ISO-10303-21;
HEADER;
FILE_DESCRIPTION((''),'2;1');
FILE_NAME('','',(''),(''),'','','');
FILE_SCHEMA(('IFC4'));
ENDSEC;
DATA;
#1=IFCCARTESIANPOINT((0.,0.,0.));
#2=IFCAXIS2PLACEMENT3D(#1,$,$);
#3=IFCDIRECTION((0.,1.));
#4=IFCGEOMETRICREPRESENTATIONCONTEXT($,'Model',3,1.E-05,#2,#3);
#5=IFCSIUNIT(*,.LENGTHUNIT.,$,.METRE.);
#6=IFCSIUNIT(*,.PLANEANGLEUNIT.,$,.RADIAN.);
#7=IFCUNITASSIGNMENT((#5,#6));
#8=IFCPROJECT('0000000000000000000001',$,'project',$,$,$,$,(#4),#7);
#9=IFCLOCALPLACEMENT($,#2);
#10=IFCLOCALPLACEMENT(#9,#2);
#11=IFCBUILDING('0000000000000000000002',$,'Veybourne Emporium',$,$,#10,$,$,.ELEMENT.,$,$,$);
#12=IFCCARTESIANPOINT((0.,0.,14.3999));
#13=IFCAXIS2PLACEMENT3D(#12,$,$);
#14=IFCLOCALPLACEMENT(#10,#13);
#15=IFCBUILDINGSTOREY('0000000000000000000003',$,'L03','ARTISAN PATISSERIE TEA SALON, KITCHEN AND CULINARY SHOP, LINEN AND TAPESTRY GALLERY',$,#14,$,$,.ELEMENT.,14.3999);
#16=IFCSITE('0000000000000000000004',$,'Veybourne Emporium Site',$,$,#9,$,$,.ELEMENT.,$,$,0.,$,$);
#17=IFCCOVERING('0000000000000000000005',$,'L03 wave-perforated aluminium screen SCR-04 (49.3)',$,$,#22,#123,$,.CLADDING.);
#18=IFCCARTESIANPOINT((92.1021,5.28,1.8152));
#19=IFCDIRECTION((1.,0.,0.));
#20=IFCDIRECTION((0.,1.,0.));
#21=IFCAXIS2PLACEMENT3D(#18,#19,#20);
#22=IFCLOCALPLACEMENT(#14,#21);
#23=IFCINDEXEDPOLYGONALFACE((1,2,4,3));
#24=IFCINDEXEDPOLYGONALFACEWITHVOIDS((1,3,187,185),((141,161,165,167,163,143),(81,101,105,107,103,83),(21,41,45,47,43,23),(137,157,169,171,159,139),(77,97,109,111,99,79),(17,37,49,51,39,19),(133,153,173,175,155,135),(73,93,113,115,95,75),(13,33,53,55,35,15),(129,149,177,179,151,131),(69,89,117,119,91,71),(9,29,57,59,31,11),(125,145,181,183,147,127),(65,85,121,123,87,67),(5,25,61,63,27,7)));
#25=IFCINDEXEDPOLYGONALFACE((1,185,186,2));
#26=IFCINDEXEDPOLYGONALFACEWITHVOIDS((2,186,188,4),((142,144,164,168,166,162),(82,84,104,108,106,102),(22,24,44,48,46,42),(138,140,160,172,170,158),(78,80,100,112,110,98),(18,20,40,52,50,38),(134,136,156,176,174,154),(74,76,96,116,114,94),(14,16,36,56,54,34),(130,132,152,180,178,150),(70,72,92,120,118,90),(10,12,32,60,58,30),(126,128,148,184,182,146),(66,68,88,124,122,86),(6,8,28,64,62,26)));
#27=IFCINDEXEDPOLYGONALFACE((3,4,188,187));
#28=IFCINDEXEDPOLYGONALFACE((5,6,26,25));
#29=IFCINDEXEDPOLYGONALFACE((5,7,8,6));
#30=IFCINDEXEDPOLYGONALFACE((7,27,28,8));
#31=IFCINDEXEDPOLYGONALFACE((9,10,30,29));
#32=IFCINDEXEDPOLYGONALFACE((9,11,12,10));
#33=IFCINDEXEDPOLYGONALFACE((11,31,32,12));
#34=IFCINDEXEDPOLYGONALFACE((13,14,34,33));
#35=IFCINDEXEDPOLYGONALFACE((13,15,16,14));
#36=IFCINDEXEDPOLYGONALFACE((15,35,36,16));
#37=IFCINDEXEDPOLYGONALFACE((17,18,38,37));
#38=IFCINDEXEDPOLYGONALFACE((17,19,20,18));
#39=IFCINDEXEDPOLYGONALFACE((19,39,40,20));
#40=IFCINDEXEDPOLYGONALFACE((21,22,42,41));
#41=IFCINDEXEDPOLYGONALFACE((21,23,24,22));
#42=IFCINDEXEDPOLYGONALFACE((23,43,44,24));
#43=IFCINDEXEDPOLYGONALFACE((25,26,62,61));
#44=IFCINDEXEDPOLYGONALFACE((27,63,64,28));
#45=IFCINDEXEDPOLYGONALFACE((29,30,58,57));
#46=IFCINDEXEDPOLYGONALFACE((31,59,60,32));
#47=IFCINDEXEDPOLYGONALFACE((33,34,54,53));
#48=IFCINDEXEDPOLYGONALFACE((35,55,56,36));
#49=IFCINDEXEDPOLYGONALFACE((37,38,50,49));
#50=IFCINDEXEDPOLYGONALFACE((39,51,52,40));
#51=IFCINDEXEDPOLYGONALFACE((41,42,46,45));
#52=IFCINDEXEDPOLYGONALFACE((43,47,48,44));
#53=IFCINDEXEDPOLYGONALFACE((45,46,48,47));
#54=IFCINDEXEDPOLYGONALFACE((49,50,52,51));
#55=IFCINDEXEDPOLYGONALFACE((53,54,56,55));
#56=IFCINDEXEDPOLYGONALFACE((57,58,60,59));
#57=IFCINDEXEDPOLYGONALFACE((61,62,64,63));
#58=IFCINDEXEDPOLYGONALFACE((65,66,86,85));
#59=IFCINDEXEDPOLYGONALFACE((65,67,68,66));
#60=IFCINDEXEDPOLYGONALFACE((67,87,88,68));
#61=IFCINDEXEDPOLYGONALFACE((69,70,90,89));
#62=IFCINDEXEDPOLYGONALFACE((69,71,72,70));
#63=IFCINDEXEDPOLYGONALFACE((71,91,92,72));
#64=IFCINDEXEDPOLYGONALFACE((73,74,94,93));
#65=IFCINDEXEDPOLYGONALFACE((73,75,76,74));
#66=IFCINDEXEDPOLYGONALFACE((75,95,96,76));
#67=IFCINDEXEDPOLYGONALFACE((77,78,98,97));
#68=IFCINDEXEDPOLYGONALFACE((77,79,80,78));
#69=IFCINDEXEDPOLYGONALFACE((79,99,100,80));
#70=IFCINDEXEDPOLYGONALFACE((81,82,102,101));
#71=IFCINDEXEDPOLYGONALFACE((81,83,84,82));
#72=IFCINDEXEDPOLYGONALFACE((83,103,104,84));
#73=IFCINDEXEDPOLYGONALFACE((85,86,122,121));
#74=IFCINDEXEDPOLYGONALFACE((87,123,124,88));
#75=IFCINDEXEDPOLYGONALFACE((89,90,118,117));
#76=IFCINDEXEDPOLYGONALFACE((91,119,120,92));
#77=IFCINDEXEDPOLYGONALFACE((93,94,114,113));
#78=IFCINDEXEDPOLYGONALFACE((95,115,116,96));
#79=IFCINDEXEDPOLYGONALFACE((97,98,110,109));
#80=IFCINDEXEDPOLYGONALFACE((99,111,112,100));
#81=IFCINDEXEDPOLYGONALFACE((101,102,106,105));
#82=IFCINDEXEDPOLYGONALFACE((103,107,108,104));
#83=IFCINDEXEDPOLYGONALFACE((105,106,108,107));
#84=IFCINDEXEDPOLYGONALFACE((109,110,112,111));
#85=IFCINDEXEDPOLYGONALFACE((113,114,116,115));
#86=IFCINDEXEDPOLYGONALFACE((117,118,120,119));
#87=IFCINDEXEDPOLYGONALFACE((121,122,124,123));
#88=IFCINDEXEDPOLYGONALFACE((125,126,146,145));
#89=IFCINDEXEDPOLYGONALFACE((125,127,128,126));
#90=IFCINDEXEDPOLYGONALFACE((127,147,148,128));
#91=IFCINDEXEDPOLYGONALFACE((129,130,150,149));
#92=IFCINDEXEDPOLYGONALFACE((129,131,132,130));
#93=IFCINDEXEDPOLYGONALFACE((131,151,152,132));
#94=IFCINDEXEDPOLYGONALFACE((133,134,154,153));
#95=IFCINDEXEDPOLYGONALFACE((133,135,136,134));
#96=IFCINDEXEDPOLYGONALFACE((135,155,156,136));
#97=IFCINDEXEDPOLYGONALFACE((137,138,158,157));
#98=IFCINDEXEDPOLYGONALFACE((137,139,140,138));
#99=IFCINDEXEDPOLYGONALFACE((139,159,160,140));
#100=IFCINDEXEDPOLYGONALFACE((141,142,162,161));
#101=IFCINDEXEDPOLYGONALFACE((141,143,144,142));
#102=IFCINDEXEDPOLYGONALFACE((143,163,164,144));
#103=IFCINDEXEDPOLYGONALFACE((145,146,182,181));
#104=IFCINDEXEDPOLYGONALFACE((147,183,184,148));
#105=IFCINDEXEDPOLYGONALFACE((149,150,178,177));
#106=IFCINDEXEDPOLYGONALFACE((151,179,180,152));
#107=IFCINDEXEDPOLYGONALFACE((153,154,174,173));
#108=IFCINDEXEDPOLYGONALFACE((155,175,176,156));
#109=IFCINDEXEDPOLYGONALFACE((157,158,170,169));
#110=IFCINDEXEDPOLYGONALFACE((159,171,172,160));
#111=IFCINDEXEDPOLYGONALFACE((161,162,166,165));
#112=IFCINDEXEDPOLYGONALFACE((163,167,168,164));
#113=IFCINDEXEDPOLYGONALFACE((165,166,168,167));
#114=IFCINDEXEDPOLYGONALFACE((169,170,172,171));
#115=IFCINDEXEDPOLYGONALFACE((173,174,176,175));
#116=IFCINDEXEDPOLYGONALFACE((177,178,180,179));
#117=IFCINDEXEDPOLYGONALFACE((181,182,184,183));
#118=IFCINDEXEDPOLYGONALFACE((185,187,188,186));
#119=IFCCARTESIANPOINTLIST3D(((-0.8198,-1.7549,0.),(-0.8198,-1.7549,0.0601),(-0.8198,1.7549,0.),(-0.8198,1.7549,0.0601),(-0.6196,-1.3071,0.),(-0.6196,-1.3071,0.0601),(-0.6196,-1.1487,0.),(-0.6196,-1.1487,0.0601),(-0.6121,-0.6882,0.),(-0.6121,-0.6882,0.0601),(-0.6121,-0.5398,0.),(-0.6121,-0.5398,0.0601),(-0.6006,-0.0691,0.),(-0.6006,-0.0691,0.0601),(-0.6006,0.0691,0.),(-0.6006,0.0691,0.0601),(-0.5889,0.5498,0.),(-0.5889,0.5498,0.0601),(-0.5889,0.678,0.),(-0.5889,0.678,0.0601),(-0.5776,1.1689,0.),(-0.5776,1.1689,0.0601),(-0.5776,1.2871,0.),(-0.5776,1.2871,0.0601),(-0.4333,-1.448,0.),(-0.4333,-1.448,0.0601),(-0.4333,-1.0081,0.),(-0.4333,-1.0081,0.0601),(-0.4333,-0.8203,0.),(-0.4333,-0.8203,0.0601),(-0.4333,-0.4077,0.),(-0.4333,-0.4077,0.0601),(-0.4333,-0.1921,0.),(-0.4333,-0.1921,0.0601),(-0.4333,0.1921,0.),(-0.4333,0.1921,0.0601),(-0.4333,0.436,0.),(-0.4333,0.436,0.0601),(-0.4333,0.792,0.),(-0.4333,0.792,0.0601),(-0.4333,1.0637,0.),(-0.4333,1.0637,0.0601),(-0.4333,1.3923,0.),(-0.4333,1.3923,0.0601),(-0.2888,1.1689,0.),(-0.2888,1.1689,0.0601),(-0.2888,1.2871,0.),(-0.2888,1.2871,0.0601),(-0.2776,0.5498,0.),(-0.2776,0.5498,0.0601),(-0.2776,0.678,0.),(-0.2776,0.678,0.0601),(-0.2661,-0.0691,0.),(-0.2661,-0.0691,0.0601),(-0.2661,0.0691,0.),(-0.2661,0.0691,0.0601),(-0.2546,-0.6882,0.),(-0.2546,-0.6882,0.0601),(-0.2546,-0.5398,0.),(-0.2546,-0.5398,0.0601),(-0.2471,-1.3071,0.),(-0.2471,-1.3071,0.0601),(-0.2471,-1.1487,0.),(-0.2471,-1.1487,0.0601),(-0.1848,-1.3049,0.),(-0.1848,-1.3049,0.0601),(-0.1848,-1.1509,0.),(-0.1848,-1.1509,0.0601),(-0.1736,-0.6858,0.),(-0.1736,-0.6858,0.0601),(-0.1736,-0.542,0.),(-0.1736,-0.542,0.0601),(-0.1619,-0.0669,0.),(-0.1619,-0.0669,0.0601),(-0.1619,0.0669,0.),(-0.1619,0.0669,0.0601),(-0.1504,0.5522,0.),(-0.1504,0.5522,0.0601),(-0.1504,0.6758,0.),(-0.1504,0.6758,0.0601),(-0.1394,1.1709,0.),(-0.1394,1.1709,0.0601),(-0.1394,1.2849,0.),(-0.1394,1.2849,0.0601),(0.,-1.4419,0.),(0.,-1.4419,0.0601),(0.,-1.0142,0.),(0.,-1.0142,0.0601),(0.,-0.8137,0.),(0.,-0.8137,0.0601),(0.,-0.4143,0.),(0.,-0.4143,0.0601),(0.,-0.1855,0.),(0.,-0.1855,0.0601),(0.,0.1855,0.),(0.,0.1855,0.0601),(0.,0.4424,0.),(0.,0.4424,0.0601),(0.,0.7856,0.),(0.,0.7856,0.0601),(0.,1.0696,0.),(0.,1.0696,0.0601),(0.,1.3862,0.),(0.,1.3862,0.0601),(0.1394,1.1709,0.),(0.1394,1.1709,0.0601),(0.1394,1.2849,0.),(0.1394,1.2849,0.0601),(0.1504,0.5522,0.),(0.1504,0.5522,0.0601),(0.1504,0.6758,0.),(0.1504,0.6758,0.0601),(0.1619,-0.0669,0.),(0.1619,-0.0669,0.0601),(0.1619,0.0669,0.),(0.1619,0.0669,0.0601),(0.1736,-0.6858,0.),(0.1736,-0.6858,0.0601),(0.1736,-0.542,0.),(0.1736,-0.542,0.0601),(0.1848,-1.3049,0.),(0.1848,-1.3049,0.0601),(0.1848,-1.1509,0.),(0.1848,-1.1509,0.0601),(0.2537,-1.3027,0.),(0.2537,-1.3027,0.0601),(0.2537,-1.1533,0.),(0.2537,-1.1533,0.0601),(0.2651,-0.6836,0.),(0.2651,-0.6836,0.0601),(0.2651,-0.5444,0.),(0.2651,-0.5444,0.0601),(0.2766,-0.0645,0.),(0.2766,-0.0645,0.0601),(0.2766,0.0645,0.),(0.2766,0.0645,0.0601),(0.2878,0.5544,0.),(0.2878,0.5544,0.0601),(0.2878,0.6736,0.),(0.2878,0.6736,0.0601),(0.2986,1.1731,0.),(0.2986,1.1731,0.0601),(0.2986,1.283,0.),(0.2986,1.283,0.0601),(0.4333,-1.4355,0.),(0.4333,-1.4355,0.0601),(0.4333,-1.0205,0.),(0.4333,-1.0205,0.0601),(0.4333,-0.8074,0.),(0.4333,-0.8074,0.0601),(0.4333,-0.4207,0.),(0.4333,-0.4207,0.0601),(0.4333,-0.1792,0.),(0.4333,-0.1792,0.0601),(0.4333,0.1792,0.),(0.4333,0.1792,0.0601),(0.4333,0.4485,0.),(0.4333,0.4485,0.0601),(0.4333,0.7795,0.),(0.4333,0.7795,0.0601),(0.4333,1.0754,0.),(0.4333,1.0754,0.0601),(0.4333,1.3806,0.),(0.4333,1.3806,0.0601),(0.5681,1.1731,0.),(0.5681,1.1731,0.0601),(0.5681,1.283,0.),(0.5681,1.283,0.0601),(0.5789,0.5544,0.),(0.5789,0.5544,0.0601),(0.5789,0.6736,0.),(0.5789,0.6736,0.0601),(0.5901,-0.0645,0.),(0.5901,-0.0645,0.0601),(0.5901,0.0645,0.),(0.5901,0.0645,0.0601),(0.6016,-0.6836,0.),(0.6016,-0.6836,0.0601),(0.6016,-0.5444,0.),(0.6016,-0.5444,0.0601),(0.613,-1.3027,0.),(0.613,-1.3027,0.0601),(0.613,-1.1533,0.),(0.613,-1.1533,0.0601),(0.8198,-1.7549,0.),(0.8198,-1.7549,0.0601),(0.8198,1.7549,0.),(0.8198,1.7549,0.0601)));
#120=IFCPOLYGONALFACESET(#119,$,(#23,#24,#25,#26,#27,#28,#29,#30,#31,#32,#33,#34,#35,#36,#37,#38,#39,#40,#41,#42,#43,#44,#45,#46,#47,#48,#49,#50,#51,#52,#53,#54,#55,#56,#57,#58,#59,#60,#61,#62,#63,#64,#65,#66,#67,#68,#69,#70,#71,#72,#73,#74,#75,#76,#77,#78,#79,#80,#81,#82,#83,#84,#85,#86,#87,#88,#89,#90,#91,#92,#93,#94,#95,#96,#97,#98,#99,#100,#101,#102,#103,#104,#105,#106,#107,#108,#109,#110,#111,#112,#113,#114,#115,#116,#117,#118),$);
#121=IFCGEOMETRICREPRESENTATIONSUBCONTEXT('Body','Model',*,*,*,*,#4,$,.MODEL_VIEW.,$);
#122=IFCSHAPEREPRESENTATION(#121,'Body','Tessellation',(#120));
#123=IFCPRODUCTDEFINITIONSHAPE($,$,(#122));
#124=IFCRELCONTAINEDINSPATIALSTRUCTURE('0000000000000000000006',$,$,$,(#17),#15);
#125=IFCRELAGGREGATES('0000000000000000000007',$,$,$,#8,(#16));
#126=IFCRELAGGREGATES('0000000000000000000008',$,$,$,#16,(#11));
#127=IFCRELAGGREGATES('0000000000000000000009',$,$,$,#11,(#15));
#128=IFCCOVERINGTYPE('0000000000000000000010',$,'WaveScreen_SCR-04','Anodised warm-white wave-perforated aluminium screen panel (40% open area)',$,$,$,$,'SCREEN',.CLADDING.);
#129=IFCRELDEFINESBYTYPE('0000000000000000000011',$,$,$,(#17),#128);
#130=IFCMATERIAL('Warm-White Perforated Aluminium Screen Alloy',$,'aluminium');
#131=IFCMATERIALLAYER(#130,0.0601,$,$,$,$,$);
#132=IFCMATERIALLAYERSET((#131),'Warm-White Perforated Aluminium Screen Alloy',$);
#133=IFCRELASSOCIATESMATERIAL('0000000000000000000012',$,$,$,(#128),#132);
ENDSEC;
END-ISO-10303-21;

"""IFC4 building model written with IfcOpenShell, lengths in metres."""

from ifc_helpers import new_model, si_unit, direction, frame, origin, place, context, subcontext, project, spatial, polyline, outline, extrude, material, layer, layer_set, type_object, element, save


model = new_model("IFC4")

# Units and contexts
model_context = context("Model", 3, precision=1e-05, world=origin(), true_north=direction((0.0, 1.0)))
body_context = subcontext(model_context, "Body", "Model", "MODEL_VIEW")
ifc_project = project(units=[si_unit("LENGTHUNIT", "METRE"), si_unit("PLANEANGLEUNIT", "RADIAN")], contexts=[model_context])

# Site, building, storey
site_placement = place(None, origin())
site = spatial("IfcSite", under=ifc_project, at=site_placement, Name="Veybourne Emporium Site", CompositionType="ELEMENT", RefElevation=0.0)
building_placement = place(site_placement, origin())
building = spatial("IfcBuilding", under=site, at=building_placement, Name="Veybourne Emporium", CompositionType="ELEMENT")
storey_placement = place(building_placement, frame((0.0, 0.0, 14.3999)))
storey = spatial("IfcBuildingStorey", under=building, at=storey_placement, Name="L03", Description="ARTISAN PATISSERIE TEA SALON, KITCHEN AND CULINARY SHOP, LINEN AND TAPESTRY GALLERY", CompositionType="ELEMENT", Elevation=14.3999)

# Covering
ifc_material_1 = material(Name="Warm-White Perforated Aluminium Screen Alloy", Category="aluminium")
ifc_layer_1 = layer(ifc_material_1, 0.0601)
ifc_layer_set_1 = layer_set([ifc_layer_1], Name="Warm-White Perforated Aluminium Screen Alloy")
covering_type_1 = type_object("IfcCoveringType", Name="WaveScreen_SCR-04", Description="Anodised warm-white wave-perforated aluminium screen panel (40% open area)", ElementType="SCREEN", PredefinedType="CLADDING", material=ifc_layer_set_1)
covering_1_placement = place(storey_placement, frame((92.1021, 5.28, 1.8152), z_axis=(1.0, 0.0, 0.0), x_axis=(0.0, 1.0, 0.0)))
element("IfcCovering", 1, at=covering_1_placement, inside=storey, type_object=covering_type_1, Name="L03 wave-perforated aluminium screen SCR-04 (49.3)", PredefinedType="CLADDING", context=body_context, shape_type="SweptSolid", body=[
    extrude(outline(polyline([(-0.8198, -1.7549), (0.8198, -1.7549), (0.8198, 1.7549), (-0.8198, 1.7549), (-0.8198, -1.7549)]), holes=[polyline([(-0.4333, -1.0081), (-0.2471, -1.1487), (-0.2471, -1.3071), (-0.4333, -1.448), (-0.6196, -1.3071), (-0.6196, -1.1487), (-0.4333, -1.0081)]), polyline([(-0.4333, -0.4077), (-0.2546, -0.5398), (-0.2546, -0.6882), (-0.4333, -0.8203), (-0.6121, -0.6882), (-0.6121, -0.5398), (-0.4333, -0.4077)]), polyline([(-0.4333, 0.1921), (-0.2661, 0.0691), (-0.2661, -0.0691), (-0.4333, -0.1921), (-0.6006, -0.0691), (-0.6006, 0.0691), (-0.4333, 0.1921)]), polyline([(-0.4333, 0.792), (-0.2776, 0.678), (-0.2776, 0.5498), (-0.4333, 0.436), (-0.5889, 0.5498), (-0.5889, 0.678), (-0.4333, 0.792)]), polyline([(-0.4333, 1.3923), (-0.2888, 1.2871), (-0.2888, 1.1689), (-0.4333, 1.0637), (-0.5776, 1.1689), (-0.5776, 1.2871), (-0.4333, 1.3923)]), polyline([(0.0, -1.0142), (0.1848, -1.1509), (0.1848, -1.3049), (0.0, -1.4419), (-0.1848, -1.3049), (-0.1848, -1.1509), (0.0, -1.0142)]), polyline([(0.0, -0.4143), (0.1736, -0.542), (0.1736, -0.6858), (0.0, -0.8137), (-0.1736, -0.6858), (-0.1736, -0.542), (0.0, -0.4143)]), polyline([(0.0, 0.1855), (0.1619, 0.0669), (0.1619, -0.0669), (0.0, -0.1855), (-0.1619, -0.0669), (-0.1619, 0.0669), (0.0, 0.1855)]), polyline([(0.0, 0.7856), (0.1504, 0.6758), (0.1504, 0.5522), (0.0, 0.4424), (-0.1504, 0.5522), (-0.1504, 0.6758), (0.0, 0.7856)]), polyline([(0.0, 1.3862), (0.1394, 1.2849), (0.1394, 1.1709), (0.0, 1.0696), (-0.1394, 1.1709), (-0.1394, 1.2849), (0.0, 1.3862)]), polyline([(0.4333, -1.0205), (0.613, -1.1533), (0.613, -1.3027), (0.4333, -1.4355), (0.2537, -1.3027), (0.2537, -1.1533), (0.4333, -1.0205)]), polyline([(0.4333, -0.4207), (0.6016, -0.5444), (0.6016, -0.6836), (0.4333, -0.8074), (0.2651, -0.6836), (0.2651, -0.5444), (0.4333, -0.4207)]), polyline([(0.4333, 0.1792), (0.5901, 0.0645), (0.5901, -0.0645), (0.4333, -0.1792), (0.2766, -0.0645), (0.2766, 0.0645), (0.4333, 0.1792)]), polyline([(0.4333, 0.7795), (0.5789, 0.6736), (0.5789, 0.5544), (0.4333, 0.4485), (0.2878, 0.5544), (0.2878, 0.6736), (0.4333, 0.7795)]), polyline([(0.4333, 1.3806), (0.5681, 1.283), (0.5681, 1.1731), (0.4333, 1.0754), (0.2986, 1.1731), (0.2986, 1.283), (0.4333, 1.3806)])]), origin(), (0.0, 0.0, 1.0), 0.0601),
])

save(model, "model.ifc")
